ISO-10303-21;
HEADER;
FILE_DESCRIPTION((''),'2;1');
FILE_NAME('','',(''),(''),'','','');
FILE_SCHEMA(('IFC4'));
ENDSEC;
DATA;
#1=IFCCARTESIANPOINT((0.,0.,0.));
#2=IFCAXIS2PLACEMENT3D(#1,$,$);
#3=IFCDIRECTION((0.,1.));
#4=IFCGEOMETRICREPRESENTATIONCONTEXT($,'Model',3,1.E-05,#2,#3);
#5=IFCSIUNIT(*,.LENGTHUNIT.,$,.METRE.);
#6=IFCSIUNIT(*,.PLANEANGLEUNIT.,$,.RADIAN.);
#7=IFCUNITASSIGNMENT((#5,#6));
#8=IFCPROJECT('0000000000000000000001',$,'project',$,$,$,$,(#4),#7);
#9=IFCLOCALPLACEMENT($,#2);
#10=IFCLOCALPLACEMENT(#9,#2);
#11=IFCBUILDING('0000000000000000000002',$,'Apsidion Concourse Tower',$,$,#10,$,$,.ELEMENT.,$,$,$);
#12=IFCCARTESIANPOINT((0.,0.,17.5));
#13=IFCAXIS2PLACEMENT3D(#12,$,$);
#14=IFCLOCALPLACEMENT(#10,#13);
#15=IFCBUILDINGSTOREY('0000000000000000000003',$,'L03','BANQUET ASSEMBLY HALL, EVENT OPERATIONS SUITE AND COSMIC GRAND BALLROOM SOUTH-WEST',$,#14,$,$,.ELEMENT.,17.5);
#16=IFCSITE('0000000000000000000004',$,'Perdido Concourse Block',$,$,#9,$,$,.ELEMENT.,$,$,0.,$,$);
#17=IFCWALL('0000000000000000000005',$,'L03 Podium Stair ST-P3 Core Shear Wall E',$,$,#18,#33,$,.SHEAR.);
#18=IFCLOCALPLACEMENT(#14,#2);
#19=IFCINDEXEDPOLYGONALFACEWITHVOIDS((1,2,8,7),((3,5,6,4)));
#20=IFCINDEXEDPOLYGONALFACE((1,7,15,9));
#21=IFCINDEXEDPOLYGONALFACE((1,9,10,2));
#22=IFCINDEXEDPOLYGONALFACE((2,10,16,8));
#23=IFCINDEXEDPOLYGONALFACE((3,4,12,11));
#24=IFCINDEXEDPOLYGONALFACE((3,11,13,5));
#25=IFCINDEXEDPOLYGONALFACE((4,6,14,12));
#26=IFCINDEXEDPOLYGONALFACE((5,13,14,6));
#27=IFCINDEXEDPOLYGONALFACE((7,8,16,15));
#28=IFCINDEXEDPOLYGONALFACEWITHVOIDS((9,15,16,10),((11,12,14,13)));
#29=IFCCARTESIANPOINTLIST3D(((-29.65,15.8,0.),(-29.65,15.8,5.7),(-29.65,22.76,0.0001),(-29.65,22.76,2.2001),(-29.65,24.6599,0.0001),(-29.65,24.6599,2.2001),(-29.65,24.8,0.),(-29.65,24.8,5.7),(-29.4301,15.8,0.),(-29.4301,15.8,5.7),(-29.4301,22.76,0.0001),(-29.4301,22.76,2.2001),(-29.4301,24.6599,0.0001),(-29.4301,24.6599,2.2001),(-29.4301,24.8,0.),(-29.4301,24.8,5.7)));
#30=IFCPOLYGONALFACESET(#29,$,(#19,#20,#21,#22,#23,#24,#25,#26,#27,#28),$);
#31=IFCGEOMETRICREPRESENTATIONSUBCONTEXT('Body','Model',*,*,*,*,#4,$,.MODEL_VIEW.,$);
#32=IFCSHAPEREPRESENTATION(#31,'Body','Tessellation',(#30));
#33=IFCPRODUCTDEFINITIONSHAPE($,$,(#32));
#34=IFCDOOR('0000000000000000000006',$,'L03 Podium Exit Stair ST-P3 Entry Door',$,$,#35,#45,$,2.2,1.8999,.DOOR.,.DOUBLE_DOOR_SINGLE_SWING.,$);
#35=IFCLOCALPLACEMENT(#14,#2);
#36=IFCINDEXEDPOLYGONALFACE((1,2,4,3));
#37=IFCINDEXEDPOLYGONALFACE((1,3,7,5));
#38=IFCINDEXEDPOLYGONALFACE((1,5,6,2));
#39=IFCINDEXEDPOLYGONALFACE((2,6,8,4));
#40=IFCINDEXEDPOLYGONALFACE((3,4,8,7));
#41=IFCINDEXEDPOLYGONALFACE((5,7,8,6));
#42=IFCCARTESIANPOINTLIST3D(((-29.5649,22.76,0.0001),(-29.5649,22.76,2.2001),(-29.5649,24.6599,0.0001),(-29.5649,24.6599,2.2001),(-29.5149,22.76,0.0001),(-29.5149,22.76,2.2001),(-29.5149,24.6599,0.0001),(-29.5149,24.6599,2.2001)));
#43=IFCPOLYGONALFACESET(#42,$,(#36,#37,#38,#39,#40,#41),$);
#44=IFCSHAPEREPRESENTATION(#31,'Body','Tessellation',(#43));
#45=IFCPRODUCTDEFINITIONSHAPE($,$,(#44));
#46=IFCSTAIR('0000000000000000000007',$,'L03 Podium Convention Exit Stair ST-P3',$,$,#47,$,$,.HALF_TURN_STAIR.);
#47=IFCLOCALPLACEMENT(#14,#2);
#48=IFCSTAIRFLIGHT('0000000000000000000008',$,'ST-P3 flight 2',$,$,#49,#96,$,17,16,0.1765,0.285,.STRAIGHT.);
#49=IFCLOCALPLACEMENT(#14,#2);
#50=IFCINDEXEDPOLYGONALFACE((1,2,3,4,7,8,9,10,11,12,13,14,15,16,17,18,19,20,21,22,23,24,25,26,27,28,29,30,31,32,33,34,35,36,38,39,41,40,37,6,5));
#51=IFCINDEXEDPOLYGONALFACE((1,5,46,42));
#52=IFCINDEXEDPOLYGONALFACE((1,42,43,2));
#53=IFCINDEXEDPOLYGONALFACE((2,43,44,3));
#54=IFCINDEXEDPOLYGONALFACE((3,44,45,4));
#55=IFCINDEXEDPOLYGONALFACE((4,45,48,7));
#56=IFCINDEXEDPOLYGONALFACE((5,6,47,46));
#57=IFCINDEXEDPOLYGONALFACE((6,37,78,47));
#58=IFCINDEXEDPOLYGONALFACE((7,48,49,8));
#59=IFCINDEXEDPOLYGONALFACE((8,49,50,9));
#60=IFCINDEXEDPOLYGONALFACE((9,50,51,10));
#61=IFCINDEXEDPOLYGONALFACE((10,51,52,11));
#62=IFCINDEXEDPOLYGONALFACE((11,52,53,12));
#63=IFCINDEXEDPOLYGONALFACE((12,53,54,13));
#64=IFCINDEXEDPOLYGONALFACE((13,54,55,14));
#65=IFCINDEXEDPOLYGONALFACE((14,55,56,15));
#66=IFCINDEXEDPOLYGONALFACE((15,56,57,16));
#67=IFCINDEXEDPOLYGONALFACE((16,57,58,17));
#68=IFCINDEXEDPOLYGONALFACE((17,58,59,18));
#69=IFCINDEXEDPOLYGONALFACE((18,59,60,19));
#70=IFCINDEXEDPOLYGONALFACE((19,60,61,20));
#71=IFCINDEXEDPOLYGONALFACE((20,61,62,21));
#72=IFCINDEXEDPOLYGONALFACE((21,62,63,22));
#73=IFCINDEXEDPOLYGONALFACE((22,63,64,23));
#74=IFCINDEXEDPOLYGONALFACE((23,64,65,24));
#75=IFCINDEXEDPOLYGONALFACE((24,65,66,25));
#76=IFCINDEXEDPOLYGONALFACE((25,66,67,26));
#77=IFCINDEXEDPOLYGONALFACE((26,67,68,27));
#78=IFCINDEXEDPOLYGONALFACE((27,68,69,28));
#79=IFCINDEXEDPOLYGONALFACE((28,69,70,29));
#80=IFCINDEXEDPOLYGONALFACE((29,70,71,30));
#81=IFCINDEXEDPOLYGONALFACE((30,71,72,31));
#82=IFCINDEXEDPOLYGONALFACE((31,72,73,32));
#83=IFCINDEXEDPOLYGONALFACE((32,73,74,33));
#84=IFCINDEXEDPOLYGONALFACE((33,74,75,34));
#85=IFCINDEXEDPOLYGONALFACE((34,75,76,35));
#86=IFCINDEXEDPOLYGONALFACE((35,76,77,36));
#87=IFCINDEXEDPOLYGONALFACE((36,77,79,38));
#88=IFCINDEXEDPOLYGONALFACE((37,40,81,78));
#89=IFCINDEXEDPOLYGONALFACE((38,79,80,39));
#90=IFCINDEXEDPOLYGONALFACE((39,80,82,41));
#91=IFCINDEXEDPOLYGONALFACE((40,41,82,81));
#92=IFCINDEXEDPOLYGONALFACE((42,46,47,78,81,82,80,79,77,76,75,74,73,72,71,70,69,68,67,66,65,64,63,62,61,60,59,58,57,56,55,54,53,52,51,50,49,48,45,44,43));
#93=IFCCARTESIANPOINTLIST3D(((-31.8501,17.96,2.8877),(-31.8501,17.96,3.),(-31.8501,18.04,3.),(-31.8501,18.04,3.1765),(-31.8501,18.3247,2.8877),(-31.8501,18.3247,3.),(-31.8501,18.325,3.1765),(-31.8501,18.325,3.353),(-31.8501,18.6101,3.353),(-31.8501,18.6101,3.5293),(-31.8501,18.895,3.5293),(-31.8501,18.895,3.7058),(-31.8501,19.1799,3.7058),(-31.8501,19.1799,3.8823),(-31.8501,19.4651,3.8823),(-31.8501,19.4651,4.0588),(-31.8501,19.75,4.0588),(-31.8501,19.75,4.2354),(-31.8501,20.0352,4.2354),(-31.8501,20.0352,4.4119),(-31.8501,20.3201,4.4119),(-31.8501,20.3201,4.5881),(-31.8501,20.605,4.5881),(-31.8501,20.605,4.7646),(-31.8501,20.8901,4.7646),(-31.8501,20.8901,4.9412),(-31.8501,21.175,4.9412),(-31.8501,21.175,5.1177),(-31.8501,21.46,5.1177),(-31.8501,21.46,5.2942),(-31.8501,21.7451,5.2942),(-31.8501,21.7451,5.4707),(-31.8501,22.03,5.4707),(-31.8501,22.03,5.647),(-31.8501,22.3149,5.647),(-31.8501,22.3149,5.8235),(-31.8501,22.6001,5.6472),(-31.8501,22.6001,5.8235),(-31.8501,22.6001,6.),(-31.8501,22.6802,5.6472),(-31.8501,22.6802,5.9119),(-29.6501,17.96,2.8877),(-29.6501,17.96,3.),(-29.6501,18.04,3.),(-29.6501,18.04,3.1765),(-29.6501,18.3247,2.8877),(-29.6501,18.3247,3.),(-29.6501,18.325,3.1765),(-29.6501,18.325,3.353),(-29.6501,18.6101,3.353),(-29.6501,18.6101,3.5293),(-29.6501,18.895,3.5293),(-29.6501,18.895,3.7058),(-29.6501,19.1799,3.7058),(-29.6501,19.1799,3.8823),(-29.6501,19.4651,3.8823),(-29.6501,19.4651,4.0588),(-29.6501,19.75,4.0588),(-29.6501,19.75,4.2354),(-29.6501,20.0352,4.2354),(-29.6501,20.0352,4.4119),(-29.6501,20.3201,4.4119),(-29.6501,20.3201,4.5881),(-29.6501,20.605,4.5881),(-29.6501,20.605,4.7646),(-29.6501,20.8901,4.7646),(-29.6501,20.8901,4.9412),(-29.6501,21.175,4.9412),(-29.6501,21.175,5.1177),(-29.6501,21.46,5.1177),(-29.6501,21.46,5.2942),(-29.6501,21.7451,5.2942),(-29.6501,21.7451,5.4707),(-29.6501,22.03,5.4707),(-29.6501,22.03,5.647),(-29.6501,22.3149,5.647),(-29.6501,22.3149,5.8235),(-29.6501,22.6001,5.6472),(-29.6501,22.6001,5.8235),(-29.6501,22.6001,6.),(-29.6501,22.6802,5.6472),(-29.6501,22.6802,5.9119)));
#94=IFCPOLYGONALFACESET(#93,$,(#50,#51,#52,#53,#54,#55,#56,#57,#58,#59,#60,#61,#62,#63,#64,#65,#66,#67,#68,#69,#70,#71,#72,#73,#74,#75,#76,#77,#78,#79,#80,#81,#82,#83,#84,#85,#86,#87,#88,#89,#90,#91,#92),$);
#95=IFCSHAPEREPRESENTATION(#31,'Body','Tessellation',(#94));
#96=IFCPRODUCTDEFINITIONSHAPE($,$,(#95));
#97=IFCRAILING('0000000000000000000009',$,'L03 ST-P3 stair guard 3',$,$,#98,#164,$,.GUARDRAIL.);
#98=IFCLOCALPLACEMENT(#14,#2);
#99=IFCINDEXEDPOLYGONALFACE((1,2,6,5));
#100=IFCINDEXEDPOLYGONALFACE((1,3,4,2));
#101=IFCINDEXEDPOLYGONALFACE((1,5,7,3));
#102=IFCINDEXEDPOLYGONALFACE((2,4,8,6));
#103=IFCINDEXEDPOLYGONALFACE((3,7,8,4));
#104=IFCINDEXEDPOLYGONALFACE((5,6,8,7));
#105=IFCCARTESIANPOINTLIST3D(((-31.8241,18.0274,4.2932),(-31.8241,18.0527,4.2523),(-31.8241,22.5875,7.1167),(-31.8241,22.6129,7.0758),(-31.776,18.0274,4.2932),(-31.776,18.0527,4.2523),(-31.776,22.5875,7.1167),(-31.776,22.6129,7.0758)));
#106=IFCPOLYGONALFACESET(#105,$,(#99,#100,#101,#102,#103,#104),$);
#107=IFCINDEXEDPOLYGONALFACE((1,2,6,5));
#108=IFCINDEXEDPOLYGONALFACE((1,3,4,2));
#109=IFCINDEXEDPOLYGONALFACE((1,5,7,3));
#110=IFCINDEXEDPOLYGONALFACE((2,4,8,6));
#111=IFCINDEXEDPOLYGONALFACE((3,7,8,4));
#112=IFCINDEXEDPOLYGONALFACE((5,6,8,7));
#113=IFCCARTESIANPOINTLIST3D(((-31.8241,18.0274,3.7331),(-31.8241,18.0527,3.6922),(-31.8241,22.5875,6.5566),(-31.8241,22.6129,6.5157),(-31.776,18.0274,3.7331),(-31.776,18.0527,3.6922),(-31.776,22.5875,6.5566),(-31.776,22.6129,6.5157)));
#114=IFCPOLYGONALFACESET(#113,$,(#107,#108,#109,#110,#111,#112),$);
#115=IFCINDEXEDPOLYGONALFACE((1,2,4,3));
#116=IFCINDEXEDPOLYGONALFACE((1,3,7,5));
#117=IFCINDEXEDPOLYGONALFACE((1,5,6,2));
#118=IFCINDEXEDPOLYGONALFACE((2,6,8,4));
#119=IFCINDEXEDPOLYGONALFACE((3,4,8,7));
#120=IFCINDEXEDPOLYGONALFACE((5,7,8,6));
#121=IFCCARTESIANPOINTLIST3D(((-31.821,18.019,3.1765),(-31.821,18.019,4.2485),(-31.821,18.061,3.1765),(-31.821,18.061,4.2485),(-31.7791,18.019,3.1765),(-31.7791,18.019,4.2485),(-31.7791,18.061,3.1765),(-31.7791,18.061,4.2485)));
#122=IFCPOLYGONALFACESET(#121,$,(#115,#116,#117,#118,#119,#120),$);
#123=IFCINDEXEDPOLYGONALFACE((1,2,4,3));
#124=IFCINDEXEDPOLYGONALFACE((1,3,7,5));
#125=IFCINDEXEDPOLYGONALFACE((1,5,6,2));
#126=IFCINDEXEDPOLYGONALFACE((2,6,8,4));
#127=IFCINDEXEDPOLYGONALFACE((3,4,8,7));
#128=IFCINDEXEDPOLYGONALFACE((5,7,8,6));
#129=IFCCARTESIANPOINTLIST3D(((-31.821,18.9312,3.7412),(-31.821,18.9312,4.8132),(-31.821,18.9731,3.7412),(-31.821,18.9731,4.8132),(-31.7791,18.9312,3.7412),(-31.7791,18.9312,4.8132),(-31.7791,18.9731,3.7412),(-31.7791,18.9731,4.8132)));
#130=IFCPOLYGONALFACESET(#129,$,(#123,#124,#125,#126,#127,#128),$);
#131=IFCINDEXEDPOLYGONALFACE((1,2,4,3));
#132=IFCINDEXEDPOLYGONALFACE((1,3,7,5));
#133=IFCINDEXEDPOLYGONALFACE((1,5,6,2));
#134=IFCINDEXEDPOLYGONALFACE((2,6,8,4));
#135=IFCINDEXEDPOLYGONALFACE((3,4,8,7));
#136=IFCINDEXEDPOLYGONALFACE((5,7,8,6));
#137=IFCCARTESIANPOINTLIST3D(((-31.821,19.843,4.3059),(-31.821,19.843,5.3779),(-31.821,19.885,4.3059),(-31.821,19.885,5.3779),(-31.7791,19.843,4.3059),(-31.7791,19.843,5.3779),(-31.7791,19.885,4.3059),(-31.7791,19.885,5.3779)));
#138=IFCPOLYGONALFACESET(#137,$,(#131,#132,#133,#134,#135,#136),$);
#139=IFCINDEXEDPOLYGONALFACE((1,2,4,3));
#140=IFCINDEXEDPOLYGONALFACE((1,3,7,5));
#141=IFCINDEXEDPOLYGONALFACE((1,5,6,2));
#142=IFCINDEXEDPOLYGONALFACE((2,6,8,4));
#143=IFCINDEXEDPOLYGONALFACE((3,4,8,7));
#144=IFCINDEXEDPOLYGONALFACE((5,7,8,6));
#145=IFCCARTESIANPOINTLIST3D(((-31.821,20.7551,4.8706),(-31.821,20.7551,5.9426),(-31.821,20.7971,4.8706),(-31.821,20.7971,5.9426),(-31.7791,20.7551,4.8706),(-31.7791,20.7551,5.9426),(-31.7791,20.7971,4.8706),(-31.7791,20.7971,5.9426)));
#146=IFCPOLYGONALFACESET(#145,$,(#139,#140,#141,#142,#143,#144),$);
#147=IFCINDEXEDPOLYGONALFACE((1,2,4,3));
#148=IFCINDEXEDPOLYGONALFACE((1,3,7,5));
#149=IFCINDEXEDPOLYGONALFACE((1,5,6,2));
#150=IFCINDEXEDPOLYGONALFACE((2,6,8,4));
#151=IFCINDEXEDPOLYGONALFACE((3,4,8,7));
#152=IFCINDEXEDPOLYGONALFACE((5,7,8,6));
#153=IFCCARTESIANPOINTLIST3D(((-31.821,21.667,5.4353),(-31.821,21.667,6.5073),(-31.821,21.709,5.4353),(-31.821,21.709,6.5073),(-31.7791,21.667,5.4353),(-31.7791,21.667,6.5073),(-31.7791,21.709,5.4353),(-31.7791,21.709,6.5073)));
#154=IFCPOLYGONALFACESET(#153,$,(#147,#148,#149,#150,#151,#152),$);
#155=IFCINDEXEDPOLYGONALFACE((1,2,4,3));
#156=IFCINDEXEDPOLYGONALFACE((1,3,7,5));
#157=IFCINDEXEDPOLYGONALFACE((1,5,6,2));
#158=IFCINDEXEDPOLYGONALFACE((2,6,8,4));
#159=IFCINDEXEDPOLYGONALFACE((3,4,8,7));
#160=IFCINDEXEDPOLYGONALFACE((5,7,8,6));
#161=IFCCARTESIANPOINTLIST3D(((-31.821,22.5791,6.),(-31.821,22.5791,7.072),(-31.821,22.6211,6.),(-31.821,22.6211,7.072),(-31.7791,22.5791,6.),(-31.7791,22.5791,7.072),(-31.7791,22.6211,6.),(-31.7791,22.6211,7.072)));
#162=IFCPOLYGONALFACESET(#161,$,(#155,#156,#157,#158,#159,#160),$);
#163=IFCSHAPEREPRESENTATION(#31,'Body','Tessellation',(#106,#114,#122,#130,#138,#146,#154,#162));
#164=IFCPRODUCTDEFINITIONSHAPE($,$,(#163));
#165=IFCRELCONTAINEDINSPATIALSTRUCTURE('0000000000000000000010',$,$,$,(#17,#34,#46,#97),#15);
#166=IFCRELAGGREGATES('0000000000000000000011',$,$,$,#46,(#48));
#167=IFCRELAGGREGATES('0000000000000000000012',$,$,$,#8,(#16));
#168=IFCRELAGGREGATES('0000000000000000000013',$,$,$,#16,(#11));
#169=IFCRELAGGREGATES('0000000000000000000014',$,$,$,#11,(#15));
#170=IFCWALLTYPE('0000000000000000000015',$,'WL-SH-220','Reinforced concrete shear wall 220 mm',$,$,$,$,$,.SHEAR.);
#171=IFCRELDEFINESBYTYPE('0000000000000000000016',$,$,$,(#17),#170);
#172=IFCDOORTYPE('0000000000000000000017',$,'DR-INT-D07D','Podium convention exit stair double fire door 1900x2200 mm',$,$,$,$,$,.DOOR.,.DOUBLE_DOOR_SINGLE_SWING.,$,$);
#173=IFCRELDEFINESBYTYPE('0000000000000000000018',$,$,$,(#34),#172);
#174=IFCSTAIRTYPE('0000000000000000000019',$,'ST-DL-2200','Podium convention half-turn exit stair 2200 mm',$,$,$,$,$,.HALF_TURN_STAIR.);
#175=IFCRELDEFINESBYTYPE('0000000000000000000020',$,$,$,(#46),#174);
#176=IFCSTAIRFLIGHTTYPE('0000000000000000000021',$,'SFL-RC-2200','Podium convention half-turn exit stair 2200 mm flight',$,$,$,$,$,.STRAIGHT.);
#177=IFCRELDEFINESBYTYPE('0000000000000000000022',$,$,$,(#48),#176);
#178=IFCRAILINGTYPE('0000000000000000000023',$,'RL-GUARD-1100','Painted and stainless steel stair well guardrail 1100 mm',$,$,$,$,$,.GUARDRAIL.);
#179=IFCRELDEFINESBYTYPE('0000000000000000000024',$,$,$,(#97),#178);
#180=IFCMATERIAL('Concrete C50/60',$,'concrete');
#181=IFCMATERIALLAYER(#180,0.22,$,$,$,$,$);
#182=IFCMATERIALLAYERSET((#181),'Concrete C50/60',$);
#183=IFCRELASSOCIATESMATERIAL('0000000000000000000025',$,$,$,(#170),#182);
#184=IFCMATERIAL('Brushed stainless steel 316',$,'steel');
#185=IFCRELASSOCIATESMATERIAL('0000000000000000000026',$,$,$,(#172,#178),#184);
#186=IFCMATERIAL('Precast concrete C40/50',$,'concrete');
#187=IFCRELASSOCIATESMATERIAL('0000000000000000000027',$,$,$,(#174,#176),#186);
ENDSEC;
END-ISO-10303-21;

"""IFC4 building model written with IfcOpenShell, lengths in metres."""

from ifc_helpers import new_model, si_unit, direction, frame, frame_2d, origin, origin_2d, place, context, subcontext, project, spatial, polyline, rectangle, outline, extrude, material, layer, layer_set, type_object, element, fill, aggregate, save


model = new_model("IFC4")

# Units and contexts
model_context = context("Model", 3, precision=1e-05, world=origin(), true_north=direction((0.0, 1.0)))
body_context = subcontext(model_context, "Body", "Model", "MODEL_VIEW")
ifc_project = project(units=[si_unit("LENGTHUNIT", "METRE"), si_unit("PLANEANGLEUNIT", "RADIAN")], contexts=[model_context])

# Site, building, storey
site_placement = place(None, origin())
site = spatial("IfcSite", under=ifc_project, at=site_placement, Name="Perdido Concourse Block", CompositionType="ELEMENT", RefElevation=0.0)
building_placement = place(site_placement, origin())
building = spatial("IfcBuilding", under=site, at=building_placement, Name="Apsidion Concourse Tower", CompositionType="ELEMENT")
storey_placement = place(building_placement, frame((0.0, 0.0, 17.5)))
storey = spatial("IfcBuildingStorey", under=building, at=storey_placement, Name="L03", Description="BANQUET ASSEMBLY HALL, EVENT OPERATIONS SUITE AND COSMIC GRAND BALLROOM SOUTH-WEST", CompositionType="ELEMENT", Elevation=17.5)

# Shared definitions
ifc_material_1 = material(Name="Concrete C50/60", Category="concrete")

# Wall, opening, door
ifc_material_2 = material(Name="Brushed stainless steel 316", Category="steel")
ifc_layer_1 = layer(ifc_material_1, 0.22)
ifc_layer_set_1 = layer_set([ifc_layer_1], Name="Concrete C50/60")
wall_type_1 = type_object("IfcWallType", Name="WL-SH-220", Description="Reinforced concrete shear wall 220 mm", PredefinedType="SHEAR", material=ifc_layer_set_1)
wall_1_placement = place(storey_placement, frame((-29.54, 15.8, 0.0), z_axis=(0.0, 0.0, 1.0), x_axis=(0.0, 1.0, 0.0)))
wall_1 = element("IfcWall", 1, at=wall_1_placement, inside=storey, type_object=wall_type_1, Name="L03 Podium Stair ST-P3 Core Shear Wall E", PredefinedType="SHEAR", context=body_context, shape_type="SweptSolid", body=[
    extrude(rectangle(XDim=9.0, YDim=0.22, at=frame_2d((4.5, 0.0))), origin(), (0.0, 0.0, 1.0), 5.7),
])
opening_1_placement = place(wall_1_placement, frame((6.96, 0.0, 0.0)))
opening_1 = element("IfcOpeningElement", 2, at=opening_1_placement, cuts=wall_1, PredefinedType="OPENING", context=body_context, shape_type="SweptSolid", body=[
    extrude(rectangle(XDim=1.8999, YDim=2.2, at=frame_2d((0.95, 1.1001))), frame((0.0, 0.1201, 0.0), z_axis=(0.0, -1.0, 0.0), x_axis=(1.0, 0.0, 0.0)), (0.0, 0.0, 1.0), 0.24),
])
door_type_1 = type_object("IfcDoorType", Name="DR-INT-D07D", Description="Podium convention exit stair double fire door 1900x2200 mm", OperationType="DOUBLE_DOOR_SINGLE_SWING", PredefinedType="DOOR", material=ifc_material_2)
door_1_placement = place(opening_1_placement, origin())
door_1 = element("IfcDoor", 3, at=door_1_placement, inside=storey, type_object=door_type_1, Name="L03 Podium Exit Stair ST-P3 Entry Door", OperationType="DOUBLE_DOOR_SINGLE_SWING", OverallHeight=2.2, OverallWidth=1.8999, PredefinedType="DOOR", context=body_context, shape_type="SweptSolid", body=[
    extrude(rectangle(XDim=1.8999, YDim=2.2, at=frame_2d((0.95, 1.1001))), frame((0.0, 0.0249, 0.0), z_axis=(0.0, -1.0, 0.0), x_axis=(1.0, 0.0, 0.0)), (0.0, 0.0, 1.0), 0.05),
])
fill(opening_1, door_1)

# Stair, stair flight
ifc_material_3 = material(Name="Precast concrete C40/50", Category="concrete")
stair_type = type_object("IfcStairType", Name="ST-DL-2200", Description="Podium convention half-turn exit stair 2200 mm", PredefinedType="HALF_TURN_STAIR", material=ifc_material_3)
stair_placement = place(storey_placement, origin())
stair = element("IfcStair", 4, at=stair_placement, inside=storey, type_object=stair_type, Name="L03 Podium Convention Exit Stair ST-P3", PredefinedType="HALF_TURN_STAIR")
stair_flight_type = type_object("IfcStairFlightType", Name="SFL-RC-2200", Description="Podium convention half-turn exit stair 2200 mm flight", PredefinedType="STRAIGHT", material=ifc_material_3)
stair_flight_placement = place(storey_placement, frame((-30.75, 18.04, 3.0), z_axis=(0.0, 0.0, 1.0), x_axis=(0.0, 1.0, 0.0)))
stair_flight = element("IfcStairFlight", 5, at=stair_flight_placement, type_object=stair_flight_type, Name="ST-P3 flight 2", NumberOfRisers=17, NumberOfTreads=16, PredefinedType="STRAIGHT", RiserHeight=0.1765, TreadLength=0.285, context=body_context, shape_type="SweptSolid", body=[
    extrude(outline(polyline([(-0.0801, -0.1123), (-0.0801, 0.0), (0.0, 0.0), (0.0, 0.1765), (0.2849, 0.1765), (0.2849, 0.353), (0.5701, 0.353), (0.5701, 0.5293), (0.855, 0.5293), (0.855, 0.7058), (1.1399, 0.7058), (1.1399, 0.8823), (1.425, 0.8823), (1.425, 1.0588), (1.71, 1.0588), (1.71, 1.2354), (1.9951, 1.2354), (1.9951, 1.4119), (2.28, 1.4119), (2.28, 1.5881), (2.5649, 1.5881), (2.5649, 1.7646), (2.8501, 1.7646), (2.8501, 1.9412), (3.135, 1.9412), (3.135, 2.1177), (3.4199, 2.1177), (3.4199, 2.2942), (3.7051, 2.2942), (3.7051, 2.4707), (3.99, 2.4707), (3.99, 2.647), (4.2749, 2.647), (4.2749, 2.8235), (4.5601, 2.8235), (4.5601, 3.0), (4.6401, 2.9119), (4.6401, 2.6472), (4.5601, 2.6472), (0.2847, 0.0), (0.2847, -0.1123), (-0.0801, -0.1123)])), frame((0.0, 1.1001, 0.0), z_axis=(0.0, -1.0, 0.0), x_axis=(1.0, 0.0, 0.0)), (0.0, 0.0, 1.0), 2.2),
])
aggregate(stair, [stair_flight])

# Railing
railing_type_1 = type_object("IfcRailingType", Name="RL-GUARD-1100", Description="Painted and stainless steel stair well guardrail 1100 mm", PredefinedType="GUARDRAIL", material=ifc_material_2)
railing_1_placement = place(storey_placement, frame((-31.8, 18.04, 3.1765)))
element("IfcRailing", 6, at=railing_1_placement, inside=storey, type_object=railing_type_1, Name="L03 ST-P3 stair guard 3", PredefinedType="GUARDRAIL", context=body_context, shape_type="SweptSolid", body=[
    extrude(rectangle(XDim=0.0481, YDim=0.0481, at=origin_2d()), frame((0.0, 0.0, 1.0962), z_axis=(0.0, 0.850216, 0.526435), x_axis=(-1.0, 0.0, 0.0)), (0.0, 0.0, 1.0), 5.3635),
    extrude(rectangle(XDim=0.0481, YDim=0.0481, at=origin_2d()), frame((0.0, 0.0, 0.5361), z_axis=(0.0, 0.850216, 0.526435), x_axis=(-1.0, 0.0, 0.0)), (0.0, 0.0, 1.0), 5.3635),
    extrude(rectangle(XDim=0.042, YDim=0.042, at=origin_2d()), origin(), (0.0, 0.0, 1.0), 1.072),
    extrude(rectangle(XDim=0.042, YDim=0.042, at=origin_2d()), frame((0.0, 0.9121, 0.5647)), (0.0, 0.0, 1.0), 1.072),
    extrude(rectangle(XDim=0.042, YDim=0.042, at=origin_2d()), frame((0.0, 1.824, 1.1294)), (0.0, 0.0, 1.0), 1.072),
    extrude(rectangle(XDim=0.042, YDim=0.042, at=origin_2d()), frame((0.0, 2.7361, 1.6941)), (0.0, 0.0, 1.0), 1.072),
    extrude(rectangle(XDim=0.042, YDim=0.042, at=origin_2d()), frame((0.0, 3.6479, 2.2588)), (0.0, 0.0, 1.0), 1.072),
    extrude(rectangle(XDim=0.042, YDim=0.042, at=origin_2d()), frame((0.0, 4.5601, 2.8235)), (0.0, 0.0, 1.0), 1.072),
])

save(model, "model.ifc")
